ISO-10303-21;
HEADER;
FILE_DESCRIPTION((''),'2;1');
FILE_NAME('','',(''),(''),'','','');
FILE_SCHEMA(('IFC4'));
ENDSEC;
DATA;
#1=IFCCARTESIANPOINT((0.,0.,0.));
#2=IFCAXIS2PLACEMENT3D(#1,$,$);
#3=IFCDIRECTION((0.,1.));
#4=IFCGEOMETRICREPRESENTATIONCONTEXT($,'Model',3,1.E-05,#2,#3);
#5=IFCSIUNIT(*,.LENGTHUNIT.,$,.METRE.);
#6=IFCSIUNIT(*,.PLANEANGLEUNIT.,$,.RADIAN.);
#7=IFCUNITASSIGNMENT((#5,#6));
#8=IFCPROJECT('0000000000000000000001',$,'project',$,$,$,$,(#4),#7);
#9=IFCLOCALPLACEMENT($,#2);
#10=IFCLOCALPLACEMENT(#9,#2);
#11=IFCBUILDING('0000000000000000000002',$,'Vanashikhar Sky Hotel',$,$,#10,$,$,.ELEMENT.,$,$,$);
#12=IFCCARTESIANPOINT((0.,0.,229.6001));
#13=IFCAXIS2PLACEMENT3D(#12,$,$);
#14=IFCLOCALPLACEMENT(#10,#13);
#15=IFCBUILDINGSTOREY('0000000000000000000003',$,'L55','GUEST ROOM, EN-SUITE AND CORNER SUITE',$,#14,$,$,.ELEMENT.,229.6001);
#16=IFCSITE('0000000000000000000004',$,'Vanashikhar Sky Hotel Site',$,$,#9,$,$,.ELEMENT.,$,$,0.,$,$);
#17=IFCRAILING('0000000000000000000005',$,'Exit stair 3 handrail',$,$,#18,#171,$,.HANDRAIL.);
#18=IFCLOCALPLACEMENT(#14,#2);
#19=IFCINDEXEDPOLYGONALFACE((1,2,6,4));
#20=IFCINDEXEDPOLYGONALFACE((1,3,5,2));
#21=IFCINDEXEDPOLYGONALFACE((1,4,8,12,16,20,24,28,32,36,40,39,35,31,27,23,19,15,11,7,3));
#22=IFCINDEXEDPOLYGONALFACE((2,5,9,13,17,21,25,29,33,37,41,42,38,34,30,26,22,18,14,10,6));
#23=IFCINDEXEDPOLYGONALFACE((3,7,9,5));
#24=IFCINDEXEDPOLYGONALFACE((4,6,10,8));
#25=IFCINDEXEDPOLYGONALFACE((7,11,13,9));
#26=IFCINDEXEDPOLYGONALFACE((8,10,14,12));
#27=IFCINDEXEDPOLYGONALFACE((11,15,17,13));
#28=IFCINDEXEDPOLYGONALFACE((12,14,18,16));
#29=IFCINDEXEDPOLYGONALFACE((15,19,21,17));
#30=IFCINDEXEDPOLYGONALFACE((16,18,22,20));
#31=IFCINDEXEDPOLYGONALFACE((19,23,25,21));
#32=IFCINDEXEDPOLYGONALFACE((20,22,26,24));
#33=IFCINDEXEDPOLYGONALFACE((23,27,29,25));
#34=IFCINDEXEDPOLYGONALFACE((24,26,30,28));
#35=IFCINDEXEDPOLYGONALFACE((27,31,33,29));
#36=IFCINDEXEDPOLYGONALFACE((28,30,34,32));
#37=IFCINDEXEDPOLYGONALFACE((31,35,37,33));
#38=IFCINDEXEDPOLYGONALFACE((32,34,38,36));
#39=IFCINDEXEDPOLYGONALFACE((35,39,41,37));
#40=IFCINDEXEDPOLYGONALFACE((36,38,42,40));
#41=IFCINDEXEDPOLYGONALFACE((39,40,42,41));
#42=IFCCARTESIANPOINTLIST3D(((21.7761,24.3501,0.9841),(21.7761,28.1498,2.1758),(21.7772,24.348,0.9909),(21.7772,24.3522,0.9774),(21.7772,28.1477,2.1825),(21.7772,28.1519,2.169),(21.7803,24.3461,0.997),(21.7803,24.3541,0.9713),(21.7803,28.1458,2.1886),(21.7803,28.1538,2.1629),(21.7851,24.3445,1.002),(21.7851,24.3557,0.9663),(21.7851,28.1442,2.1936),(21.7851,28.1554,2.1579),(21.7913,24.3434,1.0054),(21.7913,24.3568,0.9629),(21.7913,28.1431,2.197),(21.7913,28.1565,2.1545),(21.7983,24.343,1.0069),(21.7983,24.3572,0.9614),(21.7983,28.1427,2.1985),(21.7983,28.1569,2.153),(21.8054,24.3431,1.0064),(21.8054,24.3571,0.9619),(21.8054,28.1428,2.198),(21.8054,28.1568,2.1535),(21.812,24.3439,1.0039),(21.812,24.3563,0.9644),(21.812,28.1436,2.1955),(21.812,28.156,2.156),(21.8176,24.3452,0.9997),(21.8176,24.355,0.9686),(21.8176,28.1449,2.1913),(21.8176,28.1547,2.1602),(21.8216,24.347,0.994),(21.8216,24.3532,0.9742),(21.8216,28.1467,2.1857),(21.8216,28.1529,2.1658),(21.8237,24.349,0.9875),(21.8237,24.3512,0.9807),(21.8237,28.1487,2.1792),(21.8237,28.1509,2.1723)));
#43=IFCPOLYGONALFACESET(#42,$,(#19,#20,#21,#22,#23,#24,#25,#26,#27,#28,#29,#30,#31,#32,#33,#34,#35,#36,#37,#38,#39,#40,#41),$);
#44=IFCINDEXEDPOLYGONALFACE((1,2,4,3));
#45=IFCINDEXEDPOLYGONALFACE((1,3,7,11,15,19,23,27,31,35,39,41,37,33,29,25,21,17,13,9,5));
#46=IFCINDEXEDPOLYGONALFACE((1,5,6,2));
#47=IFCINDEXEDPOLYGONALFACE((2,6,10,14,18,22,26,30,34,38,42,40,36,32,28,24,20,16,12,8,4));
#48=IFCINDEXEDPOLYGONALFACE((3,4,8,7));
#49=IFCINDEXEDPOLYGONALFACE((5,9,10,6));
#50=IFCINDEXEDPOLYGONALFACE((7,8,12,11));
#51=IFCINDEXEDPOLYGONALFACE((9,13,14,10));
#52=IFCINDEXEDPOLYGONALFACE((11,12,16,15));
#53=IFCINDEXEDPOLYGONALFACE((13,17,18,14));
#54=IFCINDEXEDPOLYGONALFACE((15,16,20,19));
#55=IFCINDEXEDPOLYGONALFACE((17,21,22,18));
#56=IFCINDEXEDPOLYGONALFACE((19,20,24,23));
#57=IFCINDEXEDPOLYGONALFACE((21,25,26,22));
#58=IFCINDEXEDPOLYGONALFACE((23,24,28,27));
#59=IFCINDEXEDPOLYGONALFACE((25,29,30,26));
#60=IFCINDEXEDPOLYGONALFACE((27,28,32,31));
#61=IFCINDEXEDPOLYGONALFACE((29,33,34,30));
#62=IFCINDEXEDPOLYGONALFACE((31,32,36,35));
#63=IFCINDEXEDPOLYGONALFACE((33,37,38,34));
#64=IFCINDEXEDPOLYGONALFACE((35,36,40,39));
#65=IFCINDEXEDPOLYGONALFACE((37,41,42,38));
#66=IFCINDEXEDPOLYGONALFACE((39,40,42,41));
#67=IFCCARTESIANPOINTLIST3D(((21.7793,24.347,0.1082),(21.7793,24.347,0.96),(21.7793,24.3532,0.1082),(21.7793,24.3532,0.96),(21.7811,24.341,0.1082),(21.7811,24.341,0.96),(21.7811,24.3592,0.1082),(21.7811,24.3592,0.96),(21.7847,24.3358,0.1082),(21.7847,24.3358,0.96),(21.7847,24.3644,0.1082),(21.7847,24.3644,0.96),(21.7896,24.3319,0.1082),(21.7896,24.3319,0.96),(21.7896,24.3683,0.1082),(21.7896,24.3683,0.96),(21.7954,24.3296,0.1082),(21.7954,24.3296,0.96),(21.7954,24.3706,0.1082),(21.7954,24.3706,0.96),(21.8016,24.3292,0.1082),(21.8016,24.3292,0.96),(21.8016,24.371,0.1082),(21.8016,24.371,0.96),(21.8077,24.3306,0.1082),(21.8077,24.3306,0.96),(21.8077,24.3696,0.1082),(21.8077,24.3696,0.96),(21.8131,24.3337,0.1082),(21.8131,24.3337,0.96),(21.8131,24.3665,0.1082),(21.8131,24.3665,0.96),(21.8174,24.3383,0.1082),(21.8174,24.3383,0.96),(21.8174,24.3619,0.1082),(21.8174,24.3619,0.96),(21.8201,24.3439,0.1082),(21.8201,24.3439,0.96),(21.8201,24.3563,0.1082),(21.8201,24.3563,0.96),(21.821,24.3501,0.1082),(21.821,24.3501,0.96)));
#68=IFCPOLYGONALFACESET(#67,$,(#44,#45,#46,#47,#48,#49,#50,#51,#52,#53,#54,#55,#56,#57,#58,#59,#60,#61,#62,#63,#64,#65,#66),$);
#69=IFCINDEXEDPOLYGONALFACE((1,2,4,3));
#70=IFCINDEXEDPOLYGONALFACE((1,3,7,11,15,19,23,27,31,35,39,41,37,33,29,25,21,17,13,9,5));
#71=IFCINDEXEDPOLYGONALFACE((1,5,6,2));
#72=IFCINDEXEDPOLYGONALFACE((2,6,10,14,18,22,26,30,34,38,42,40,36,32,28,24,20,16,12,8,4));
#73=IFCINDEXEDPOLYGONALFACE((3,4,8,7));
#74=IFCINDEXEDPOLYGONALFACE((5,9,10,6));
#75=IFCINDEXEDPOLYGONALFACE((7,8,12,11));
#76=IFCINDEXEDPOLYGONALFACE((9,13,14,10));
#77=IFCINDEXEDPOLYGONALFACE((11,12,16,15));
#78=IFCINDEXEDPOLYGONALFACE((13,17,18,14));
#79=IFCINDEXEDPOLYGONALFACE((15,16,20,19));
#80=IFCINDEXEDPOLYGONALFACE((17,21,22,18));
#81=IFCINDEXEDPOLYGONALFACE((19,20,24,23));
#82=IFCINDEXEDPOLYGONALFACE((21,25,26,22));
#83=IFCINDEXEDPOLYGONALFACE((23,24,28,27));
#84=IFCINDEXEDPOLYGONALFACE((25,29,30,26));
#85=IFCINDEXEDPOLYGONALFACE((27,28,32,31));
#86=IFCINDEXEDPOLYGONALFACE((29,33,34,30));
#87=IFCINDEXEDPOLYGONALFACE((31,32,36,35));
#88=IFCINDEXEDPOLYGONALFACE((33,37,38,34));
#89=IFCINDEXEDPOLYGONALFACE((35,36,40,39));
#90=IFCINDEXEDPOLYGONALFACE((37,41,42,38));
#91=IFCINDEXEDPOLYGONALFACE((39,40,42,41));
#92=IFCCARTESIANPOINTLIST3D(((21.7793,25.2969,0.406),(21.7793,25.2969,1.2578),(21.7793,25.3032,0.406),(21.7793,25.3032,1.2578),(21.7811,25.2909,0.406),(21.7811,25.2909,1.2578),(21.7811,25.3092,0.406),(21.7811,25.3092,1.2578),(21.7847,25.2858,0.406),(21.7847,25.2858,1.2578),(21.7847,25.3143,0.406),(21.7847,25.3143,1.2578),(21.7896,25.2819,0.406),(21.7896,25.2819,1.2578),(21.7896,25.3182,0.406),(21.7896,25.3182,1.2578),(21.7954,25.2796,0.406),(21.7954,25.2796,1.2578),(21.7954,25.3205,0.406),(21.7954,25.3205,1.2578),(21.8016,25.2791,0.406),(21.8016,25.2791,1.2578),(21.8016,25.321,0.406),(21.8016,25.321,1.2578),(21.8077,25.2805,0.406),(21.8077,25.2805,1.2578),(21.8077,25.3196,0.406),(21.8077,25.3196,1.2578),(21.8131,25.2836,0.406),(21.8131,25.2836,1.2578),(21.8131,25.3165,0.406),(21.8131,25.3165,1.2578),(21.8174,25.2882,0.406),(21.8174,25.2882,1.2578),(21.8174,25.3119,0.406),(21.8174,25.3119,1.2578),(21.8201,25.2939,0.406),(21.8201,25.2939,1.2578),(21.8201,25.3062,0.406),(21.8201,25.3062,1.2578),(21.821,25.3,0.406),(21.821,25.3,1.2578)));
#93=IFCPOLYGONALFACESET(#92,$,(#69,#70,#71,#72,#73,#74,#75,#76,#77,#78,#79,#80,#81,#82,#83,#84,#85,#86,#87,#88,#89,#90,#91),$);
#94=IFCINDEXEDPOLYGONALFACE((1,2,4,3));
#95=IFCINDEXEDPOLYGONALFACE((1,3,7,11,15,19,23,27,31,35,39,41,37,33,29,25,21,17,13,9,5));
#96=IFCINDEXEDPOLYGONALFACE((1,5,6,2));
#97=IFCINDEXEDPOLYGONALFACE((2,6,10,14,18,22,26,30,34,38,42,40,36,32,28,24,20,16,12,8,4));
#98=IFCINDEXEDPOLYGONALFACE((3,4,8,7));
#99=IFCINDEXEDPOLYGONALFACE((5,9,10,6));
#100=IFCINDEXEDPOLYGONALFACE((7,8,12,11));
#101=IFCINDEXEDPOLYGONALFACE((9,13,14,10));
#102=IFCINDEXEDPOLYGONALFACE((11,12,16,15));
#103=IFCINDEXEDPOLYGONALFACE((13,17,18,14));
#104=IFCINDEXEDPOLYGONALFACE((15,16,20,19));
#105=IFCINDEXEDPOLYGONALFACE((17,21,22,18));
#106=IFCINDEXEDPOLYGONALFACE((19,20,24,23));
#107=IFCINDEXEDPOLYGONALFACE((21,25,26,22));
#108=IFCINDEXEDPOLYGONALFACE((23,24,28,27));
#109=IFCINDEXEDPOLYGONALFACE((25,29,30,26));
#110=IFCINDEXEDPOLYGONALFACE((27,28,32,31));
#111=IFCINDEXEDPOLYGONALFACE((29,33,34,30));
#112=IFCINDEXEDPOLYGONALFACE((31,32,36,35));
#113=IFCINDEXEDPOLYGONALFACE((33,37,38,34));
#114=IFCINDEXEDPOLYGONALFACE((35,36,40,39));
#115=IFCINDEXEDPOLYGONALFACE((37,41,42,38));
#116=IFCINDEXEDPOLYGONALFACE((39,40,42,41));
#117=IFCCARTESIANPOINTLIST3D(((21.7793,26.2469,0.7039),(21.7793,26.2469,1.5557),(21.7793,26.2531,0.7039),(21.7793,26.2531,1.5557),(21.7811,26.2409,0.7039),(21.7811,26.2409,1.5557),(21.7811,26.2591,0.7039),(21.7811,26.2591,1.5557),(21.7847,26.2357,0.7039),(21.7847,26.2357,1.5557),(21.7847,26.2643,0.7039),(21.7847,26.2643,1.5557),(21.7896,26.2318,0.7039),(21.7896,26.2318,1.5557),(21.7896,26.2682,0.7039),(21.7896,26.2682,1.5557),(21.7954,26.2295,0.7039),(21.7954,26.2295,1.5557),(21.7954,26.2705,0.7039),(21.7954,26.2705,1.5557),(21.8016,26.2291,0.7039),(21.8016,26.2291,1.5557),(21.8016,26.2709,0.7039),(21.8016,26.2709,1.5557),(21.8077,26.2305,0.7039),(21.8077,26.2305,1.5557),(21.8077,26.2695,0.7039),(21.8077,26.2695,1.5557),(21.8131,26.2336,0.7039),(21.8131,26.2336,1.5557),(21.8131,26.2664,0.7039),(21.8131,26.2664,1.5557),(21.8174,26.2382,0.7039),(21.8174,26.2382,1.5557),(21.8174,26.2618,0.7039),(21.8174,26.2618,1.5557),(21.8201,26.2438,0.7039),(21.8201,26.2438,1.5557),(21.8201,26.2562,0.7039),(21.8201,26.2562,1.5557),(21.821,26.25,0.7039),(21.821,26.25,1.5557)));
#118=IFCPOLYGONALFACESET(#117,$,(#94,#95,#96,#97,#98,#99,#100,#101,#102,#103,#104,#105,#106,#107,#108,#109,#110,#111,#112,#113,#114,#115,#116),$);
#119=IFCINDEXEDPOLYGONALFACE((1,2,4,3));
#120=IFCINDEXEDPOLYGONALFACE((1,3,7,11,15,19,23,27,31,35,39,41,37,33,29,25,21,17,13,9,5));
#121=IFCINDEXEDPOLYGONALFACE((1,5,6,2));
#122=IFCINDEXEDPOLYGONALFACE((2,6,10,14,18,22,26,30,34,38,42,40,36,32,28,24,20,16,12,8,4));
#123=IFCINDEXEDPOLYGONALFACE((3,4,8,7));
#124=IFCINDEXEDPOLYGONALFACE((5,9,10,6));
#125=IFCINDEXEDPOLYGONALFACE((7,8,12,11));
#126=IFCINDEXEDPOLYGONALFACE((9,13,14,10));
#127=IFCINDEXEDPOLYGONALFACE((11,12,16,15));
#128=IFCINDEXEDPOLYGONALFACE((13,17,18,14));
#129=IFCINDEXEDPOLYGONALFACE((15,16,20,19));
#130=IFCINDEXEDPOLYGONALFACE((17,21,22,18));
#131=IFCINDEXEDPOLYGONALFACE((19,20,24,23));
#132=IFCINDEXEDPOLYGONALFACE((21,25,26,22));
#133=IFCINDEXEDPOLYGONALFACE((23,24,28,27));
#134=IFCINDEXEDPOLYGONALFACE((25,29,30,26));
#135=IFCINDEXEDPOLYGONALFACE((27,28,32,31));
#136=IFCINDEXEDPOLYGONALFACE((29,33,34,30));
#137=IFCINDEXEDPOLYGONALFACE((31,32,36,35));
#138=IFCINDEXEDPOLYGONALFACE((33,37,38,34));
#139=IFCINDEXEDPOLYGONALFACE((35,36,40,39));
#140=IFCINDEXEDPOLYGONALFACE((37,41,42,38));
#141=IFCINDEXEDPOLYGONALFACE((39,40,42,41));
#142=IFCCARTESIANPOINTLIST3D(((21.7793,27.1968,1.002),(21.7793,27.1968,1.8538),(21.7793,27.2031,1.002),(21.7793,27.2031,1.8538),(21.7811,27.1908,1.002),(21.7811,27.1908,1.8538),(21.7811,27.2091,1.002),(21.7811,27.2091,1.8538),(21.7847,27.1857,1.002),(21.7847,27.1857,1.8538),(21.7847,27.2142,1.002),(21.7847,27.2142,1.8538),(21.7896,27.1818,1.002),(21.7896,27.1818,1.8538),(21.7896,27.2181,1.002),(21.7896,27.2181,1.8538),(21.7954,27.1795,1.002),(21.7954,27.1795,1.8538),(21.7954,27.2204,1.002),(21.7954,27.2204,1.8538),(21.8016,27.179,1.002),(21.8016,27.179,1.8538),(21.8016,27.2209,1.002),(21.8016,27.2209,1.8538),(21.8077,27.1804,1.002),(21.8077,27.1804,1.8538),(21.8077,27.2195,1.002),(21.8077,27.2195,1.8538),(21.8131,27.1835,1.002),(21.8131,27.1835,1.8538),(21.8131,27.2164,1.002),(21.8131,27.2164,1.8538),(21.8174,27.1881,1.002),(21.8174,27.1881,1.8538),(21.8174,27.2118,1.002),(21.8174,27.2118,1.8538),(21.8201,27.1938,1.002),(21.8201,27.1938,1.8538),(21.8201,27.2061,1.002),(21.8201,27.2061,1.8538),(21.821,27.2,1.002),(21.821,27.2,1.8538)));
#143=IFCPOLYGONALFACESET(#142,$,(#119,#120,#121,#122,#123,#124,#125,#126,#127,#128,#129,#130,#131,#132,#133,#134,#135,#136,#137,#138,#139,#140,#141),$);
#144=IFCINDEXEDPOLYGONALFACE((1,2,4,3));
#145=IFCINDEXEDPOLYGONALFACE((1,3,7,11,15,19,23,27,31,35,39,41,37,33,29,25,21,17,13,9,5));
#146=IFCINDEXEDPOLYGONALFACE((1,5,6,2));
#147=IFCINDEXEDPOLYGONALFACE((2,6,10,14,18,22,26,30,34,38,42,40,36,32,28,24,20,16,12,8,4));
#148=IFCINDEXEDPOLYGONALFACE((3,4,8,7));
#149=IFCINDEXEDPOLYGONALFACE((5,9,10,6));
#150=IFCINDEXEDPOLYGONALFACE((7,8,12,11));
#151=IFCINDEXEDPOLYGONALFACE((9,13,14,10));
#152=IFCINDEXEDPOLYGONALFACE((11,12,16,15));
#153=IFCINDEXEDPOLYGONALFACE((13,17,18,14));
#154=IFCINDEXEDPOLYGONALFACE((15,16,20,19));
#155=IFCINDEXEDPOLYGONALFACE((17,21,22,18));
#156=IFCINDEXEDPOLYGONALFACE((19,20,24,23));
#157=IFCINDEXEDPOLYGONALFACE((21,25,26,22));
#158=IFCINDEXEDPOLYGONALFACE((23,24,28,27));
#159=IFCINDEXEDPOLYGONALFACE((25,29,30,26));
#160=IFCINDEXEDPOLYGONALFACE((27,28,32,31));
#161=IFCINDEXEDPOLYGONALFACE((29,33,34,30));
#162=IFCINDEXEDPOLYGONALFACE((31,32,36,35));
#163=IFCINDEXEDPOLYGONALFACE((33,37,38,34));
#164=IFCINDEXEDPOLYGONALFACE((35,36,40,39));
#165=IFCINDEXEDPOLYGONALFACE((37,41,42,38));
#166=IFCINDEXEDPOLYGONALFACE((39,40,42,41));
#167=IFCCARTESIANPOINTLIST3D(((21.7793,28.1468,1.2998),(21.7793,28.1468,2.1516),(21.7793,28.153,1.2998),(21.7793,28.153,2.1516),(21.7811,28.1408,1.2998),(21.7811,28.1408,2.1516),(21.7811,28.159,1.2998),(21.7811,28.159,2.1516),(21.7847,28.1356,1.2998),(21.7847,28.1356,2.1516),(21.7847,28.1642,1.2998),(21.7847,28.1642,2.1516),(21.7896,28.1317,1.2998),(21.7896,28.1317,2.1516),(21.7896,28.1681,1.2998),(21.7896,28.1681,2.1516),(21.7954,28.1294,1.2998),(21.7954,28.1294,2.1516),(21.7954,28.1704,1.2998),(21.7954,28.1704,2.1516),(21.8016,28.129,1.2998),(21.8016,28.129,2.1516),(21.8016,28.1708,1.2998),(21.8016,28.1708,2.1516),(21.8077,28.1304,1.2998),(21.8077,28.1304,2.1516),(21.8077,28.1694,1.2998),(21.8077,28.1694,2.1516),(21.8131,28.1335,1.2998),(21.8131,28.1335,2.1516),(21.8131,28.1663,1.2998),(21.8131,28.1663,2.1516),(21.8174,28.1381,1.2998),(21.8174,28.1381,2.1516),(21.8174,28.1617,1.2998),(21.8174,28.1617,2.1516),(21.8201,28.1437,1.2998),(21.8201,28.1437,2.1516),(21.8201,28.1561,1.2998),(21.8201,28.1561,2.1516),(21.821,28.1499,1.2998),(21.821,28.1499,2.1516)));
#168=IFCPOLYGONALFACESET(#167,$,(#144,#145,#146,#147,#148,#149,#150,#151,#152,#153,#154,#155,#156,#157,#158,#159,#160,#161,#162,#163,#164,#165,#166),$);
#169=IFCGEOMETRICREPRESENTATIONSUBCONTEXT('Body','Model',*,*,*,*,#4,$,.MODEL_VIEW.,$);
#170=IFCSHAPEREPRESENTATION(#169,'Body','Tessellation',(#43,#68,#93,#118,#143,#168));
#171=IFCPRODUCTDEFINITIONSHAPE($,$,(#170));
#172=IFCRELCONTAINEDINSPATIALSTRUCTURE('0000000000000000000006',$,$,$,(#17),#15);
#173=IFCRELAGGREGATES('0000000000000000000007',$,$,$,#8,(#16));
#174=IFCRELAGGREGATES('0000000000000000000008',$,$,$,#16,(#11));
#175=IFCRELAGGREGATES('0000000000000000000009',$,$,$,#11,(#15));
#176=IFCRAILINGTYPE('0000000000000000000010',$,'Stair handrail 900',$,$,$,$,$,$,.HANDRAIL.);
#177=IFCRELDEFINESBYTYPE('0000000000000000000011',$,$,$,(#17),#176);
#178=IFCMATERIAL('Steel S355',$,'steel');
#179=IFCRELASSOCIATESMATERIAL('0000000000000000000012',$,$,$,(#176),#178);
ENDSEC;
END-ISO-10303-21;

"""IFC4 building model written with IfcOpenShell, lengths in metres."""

from ifc_helpers import new_model, si_unit, direction, frame, origin, origin_2d, place, context, subcontext, project, spatial, circle, extrude, source, transform, mapped, material, type_object, element, save


model = new_model("IFC4")

# Units and contexts
model_context = context("Model", 3, precision=1e-05, world=origin(), true_north=direction((0.0, 1.0)))
body_context = subcontext(model_context, "Body", "Model", "MODEL_VIEW")
ifc_project = project(units=[si_unit("LENGTHUNIT", "METRE"), si_unit("PLANEANGLEUNIT", "RADIAN")], contexts=[model_context])

# Site, building, storey
site_placement = place(None, origin())
site = spatial("IfcSite", under=ifc_project, at=site_placement, Name="Vanashikhar Sky Hotel Site", CompositionType="ELEMENT", RefElevation=0.0)
building_placement = place(site_placement, origin())
building = spatial("IfcBuilding", under=site, at=building_placement, Name="Vanashikhar Sky Hotel", CompositionType="ELEMENT")
storey_placement = place(building_placement, frame((0.0, 0.0, 229.6001)))
storey = spatial("IfcBuildingStorey", under=building, at=storey_placement, Name="L55", Description="GUEST ROOM, EN-SUITE AND CORNER SUITE", CompositionType="ELEMENT", Elevation=229.6001)

# Railing
ifc_material_1 = material(Name="Steel S355", Category="steel")
railing_type = type_object("IfcRailingType", Name="Stair handrail 900", PredefinedType="HANDRAIL", material=ifc_material_1)
shared_shape_1 = source(origin(), body_context, "Body", "SweptSolid", [
    extrude(circle(Radius=0.0239, at=origin_2d()), frame((0.0, 0.0, 0.876), z_axis=(0.0, 0.954178, 0.299238), x_axis=(-1.0, 0.0, 0.0)), (0.0, 0.0, 1.0), 3.9822),
    extrude(circle(Radius=0.021, at=origin_2d()), origin(), (0.0, 0.0, 1.0), 0.8518),
    extrude(circle(Radius=0.021, at=origin_2d()), frame((0.0, 0.95, 0.2979)), (0.0, 0.0, 1.0), 0.8518),
    extrude(circle(Radius=0.021, at=origin_2d()), frame((0.0, 1.8999, 0.5957)), (0.0, 0.0, 1.0), 0.8518),
    extrude(circle(Radius=0.021, at=origin_2d()), frame((0.0, 2.8499, 0.8938)), (0.0, 0.0, 1.0), 0.8518),
    extrude(circle(Radius=0.021, at=origin_2d()), frame((0.0, 3.7998, 1.1917)), (0.0, 0.0, 1.0), 0.8518),
])
for number, where, name in (
    (1, (21.8, 24.3501, 0.1082), "Exit stair 3 handrail"),
):
    element("IfcRailing", number, at=place(storey_placement, frame(where)), inside=storey, type_object=railing_type, Name=name, PredefinedType="HANDRAIL", context=body_context, shape_type="MappedRepresentation", body=[
        mapped(shared_shape_1, transform((0.0, 0.0, 0.0), scale=1.0)),
    ])

save(model, "model.ifc")
